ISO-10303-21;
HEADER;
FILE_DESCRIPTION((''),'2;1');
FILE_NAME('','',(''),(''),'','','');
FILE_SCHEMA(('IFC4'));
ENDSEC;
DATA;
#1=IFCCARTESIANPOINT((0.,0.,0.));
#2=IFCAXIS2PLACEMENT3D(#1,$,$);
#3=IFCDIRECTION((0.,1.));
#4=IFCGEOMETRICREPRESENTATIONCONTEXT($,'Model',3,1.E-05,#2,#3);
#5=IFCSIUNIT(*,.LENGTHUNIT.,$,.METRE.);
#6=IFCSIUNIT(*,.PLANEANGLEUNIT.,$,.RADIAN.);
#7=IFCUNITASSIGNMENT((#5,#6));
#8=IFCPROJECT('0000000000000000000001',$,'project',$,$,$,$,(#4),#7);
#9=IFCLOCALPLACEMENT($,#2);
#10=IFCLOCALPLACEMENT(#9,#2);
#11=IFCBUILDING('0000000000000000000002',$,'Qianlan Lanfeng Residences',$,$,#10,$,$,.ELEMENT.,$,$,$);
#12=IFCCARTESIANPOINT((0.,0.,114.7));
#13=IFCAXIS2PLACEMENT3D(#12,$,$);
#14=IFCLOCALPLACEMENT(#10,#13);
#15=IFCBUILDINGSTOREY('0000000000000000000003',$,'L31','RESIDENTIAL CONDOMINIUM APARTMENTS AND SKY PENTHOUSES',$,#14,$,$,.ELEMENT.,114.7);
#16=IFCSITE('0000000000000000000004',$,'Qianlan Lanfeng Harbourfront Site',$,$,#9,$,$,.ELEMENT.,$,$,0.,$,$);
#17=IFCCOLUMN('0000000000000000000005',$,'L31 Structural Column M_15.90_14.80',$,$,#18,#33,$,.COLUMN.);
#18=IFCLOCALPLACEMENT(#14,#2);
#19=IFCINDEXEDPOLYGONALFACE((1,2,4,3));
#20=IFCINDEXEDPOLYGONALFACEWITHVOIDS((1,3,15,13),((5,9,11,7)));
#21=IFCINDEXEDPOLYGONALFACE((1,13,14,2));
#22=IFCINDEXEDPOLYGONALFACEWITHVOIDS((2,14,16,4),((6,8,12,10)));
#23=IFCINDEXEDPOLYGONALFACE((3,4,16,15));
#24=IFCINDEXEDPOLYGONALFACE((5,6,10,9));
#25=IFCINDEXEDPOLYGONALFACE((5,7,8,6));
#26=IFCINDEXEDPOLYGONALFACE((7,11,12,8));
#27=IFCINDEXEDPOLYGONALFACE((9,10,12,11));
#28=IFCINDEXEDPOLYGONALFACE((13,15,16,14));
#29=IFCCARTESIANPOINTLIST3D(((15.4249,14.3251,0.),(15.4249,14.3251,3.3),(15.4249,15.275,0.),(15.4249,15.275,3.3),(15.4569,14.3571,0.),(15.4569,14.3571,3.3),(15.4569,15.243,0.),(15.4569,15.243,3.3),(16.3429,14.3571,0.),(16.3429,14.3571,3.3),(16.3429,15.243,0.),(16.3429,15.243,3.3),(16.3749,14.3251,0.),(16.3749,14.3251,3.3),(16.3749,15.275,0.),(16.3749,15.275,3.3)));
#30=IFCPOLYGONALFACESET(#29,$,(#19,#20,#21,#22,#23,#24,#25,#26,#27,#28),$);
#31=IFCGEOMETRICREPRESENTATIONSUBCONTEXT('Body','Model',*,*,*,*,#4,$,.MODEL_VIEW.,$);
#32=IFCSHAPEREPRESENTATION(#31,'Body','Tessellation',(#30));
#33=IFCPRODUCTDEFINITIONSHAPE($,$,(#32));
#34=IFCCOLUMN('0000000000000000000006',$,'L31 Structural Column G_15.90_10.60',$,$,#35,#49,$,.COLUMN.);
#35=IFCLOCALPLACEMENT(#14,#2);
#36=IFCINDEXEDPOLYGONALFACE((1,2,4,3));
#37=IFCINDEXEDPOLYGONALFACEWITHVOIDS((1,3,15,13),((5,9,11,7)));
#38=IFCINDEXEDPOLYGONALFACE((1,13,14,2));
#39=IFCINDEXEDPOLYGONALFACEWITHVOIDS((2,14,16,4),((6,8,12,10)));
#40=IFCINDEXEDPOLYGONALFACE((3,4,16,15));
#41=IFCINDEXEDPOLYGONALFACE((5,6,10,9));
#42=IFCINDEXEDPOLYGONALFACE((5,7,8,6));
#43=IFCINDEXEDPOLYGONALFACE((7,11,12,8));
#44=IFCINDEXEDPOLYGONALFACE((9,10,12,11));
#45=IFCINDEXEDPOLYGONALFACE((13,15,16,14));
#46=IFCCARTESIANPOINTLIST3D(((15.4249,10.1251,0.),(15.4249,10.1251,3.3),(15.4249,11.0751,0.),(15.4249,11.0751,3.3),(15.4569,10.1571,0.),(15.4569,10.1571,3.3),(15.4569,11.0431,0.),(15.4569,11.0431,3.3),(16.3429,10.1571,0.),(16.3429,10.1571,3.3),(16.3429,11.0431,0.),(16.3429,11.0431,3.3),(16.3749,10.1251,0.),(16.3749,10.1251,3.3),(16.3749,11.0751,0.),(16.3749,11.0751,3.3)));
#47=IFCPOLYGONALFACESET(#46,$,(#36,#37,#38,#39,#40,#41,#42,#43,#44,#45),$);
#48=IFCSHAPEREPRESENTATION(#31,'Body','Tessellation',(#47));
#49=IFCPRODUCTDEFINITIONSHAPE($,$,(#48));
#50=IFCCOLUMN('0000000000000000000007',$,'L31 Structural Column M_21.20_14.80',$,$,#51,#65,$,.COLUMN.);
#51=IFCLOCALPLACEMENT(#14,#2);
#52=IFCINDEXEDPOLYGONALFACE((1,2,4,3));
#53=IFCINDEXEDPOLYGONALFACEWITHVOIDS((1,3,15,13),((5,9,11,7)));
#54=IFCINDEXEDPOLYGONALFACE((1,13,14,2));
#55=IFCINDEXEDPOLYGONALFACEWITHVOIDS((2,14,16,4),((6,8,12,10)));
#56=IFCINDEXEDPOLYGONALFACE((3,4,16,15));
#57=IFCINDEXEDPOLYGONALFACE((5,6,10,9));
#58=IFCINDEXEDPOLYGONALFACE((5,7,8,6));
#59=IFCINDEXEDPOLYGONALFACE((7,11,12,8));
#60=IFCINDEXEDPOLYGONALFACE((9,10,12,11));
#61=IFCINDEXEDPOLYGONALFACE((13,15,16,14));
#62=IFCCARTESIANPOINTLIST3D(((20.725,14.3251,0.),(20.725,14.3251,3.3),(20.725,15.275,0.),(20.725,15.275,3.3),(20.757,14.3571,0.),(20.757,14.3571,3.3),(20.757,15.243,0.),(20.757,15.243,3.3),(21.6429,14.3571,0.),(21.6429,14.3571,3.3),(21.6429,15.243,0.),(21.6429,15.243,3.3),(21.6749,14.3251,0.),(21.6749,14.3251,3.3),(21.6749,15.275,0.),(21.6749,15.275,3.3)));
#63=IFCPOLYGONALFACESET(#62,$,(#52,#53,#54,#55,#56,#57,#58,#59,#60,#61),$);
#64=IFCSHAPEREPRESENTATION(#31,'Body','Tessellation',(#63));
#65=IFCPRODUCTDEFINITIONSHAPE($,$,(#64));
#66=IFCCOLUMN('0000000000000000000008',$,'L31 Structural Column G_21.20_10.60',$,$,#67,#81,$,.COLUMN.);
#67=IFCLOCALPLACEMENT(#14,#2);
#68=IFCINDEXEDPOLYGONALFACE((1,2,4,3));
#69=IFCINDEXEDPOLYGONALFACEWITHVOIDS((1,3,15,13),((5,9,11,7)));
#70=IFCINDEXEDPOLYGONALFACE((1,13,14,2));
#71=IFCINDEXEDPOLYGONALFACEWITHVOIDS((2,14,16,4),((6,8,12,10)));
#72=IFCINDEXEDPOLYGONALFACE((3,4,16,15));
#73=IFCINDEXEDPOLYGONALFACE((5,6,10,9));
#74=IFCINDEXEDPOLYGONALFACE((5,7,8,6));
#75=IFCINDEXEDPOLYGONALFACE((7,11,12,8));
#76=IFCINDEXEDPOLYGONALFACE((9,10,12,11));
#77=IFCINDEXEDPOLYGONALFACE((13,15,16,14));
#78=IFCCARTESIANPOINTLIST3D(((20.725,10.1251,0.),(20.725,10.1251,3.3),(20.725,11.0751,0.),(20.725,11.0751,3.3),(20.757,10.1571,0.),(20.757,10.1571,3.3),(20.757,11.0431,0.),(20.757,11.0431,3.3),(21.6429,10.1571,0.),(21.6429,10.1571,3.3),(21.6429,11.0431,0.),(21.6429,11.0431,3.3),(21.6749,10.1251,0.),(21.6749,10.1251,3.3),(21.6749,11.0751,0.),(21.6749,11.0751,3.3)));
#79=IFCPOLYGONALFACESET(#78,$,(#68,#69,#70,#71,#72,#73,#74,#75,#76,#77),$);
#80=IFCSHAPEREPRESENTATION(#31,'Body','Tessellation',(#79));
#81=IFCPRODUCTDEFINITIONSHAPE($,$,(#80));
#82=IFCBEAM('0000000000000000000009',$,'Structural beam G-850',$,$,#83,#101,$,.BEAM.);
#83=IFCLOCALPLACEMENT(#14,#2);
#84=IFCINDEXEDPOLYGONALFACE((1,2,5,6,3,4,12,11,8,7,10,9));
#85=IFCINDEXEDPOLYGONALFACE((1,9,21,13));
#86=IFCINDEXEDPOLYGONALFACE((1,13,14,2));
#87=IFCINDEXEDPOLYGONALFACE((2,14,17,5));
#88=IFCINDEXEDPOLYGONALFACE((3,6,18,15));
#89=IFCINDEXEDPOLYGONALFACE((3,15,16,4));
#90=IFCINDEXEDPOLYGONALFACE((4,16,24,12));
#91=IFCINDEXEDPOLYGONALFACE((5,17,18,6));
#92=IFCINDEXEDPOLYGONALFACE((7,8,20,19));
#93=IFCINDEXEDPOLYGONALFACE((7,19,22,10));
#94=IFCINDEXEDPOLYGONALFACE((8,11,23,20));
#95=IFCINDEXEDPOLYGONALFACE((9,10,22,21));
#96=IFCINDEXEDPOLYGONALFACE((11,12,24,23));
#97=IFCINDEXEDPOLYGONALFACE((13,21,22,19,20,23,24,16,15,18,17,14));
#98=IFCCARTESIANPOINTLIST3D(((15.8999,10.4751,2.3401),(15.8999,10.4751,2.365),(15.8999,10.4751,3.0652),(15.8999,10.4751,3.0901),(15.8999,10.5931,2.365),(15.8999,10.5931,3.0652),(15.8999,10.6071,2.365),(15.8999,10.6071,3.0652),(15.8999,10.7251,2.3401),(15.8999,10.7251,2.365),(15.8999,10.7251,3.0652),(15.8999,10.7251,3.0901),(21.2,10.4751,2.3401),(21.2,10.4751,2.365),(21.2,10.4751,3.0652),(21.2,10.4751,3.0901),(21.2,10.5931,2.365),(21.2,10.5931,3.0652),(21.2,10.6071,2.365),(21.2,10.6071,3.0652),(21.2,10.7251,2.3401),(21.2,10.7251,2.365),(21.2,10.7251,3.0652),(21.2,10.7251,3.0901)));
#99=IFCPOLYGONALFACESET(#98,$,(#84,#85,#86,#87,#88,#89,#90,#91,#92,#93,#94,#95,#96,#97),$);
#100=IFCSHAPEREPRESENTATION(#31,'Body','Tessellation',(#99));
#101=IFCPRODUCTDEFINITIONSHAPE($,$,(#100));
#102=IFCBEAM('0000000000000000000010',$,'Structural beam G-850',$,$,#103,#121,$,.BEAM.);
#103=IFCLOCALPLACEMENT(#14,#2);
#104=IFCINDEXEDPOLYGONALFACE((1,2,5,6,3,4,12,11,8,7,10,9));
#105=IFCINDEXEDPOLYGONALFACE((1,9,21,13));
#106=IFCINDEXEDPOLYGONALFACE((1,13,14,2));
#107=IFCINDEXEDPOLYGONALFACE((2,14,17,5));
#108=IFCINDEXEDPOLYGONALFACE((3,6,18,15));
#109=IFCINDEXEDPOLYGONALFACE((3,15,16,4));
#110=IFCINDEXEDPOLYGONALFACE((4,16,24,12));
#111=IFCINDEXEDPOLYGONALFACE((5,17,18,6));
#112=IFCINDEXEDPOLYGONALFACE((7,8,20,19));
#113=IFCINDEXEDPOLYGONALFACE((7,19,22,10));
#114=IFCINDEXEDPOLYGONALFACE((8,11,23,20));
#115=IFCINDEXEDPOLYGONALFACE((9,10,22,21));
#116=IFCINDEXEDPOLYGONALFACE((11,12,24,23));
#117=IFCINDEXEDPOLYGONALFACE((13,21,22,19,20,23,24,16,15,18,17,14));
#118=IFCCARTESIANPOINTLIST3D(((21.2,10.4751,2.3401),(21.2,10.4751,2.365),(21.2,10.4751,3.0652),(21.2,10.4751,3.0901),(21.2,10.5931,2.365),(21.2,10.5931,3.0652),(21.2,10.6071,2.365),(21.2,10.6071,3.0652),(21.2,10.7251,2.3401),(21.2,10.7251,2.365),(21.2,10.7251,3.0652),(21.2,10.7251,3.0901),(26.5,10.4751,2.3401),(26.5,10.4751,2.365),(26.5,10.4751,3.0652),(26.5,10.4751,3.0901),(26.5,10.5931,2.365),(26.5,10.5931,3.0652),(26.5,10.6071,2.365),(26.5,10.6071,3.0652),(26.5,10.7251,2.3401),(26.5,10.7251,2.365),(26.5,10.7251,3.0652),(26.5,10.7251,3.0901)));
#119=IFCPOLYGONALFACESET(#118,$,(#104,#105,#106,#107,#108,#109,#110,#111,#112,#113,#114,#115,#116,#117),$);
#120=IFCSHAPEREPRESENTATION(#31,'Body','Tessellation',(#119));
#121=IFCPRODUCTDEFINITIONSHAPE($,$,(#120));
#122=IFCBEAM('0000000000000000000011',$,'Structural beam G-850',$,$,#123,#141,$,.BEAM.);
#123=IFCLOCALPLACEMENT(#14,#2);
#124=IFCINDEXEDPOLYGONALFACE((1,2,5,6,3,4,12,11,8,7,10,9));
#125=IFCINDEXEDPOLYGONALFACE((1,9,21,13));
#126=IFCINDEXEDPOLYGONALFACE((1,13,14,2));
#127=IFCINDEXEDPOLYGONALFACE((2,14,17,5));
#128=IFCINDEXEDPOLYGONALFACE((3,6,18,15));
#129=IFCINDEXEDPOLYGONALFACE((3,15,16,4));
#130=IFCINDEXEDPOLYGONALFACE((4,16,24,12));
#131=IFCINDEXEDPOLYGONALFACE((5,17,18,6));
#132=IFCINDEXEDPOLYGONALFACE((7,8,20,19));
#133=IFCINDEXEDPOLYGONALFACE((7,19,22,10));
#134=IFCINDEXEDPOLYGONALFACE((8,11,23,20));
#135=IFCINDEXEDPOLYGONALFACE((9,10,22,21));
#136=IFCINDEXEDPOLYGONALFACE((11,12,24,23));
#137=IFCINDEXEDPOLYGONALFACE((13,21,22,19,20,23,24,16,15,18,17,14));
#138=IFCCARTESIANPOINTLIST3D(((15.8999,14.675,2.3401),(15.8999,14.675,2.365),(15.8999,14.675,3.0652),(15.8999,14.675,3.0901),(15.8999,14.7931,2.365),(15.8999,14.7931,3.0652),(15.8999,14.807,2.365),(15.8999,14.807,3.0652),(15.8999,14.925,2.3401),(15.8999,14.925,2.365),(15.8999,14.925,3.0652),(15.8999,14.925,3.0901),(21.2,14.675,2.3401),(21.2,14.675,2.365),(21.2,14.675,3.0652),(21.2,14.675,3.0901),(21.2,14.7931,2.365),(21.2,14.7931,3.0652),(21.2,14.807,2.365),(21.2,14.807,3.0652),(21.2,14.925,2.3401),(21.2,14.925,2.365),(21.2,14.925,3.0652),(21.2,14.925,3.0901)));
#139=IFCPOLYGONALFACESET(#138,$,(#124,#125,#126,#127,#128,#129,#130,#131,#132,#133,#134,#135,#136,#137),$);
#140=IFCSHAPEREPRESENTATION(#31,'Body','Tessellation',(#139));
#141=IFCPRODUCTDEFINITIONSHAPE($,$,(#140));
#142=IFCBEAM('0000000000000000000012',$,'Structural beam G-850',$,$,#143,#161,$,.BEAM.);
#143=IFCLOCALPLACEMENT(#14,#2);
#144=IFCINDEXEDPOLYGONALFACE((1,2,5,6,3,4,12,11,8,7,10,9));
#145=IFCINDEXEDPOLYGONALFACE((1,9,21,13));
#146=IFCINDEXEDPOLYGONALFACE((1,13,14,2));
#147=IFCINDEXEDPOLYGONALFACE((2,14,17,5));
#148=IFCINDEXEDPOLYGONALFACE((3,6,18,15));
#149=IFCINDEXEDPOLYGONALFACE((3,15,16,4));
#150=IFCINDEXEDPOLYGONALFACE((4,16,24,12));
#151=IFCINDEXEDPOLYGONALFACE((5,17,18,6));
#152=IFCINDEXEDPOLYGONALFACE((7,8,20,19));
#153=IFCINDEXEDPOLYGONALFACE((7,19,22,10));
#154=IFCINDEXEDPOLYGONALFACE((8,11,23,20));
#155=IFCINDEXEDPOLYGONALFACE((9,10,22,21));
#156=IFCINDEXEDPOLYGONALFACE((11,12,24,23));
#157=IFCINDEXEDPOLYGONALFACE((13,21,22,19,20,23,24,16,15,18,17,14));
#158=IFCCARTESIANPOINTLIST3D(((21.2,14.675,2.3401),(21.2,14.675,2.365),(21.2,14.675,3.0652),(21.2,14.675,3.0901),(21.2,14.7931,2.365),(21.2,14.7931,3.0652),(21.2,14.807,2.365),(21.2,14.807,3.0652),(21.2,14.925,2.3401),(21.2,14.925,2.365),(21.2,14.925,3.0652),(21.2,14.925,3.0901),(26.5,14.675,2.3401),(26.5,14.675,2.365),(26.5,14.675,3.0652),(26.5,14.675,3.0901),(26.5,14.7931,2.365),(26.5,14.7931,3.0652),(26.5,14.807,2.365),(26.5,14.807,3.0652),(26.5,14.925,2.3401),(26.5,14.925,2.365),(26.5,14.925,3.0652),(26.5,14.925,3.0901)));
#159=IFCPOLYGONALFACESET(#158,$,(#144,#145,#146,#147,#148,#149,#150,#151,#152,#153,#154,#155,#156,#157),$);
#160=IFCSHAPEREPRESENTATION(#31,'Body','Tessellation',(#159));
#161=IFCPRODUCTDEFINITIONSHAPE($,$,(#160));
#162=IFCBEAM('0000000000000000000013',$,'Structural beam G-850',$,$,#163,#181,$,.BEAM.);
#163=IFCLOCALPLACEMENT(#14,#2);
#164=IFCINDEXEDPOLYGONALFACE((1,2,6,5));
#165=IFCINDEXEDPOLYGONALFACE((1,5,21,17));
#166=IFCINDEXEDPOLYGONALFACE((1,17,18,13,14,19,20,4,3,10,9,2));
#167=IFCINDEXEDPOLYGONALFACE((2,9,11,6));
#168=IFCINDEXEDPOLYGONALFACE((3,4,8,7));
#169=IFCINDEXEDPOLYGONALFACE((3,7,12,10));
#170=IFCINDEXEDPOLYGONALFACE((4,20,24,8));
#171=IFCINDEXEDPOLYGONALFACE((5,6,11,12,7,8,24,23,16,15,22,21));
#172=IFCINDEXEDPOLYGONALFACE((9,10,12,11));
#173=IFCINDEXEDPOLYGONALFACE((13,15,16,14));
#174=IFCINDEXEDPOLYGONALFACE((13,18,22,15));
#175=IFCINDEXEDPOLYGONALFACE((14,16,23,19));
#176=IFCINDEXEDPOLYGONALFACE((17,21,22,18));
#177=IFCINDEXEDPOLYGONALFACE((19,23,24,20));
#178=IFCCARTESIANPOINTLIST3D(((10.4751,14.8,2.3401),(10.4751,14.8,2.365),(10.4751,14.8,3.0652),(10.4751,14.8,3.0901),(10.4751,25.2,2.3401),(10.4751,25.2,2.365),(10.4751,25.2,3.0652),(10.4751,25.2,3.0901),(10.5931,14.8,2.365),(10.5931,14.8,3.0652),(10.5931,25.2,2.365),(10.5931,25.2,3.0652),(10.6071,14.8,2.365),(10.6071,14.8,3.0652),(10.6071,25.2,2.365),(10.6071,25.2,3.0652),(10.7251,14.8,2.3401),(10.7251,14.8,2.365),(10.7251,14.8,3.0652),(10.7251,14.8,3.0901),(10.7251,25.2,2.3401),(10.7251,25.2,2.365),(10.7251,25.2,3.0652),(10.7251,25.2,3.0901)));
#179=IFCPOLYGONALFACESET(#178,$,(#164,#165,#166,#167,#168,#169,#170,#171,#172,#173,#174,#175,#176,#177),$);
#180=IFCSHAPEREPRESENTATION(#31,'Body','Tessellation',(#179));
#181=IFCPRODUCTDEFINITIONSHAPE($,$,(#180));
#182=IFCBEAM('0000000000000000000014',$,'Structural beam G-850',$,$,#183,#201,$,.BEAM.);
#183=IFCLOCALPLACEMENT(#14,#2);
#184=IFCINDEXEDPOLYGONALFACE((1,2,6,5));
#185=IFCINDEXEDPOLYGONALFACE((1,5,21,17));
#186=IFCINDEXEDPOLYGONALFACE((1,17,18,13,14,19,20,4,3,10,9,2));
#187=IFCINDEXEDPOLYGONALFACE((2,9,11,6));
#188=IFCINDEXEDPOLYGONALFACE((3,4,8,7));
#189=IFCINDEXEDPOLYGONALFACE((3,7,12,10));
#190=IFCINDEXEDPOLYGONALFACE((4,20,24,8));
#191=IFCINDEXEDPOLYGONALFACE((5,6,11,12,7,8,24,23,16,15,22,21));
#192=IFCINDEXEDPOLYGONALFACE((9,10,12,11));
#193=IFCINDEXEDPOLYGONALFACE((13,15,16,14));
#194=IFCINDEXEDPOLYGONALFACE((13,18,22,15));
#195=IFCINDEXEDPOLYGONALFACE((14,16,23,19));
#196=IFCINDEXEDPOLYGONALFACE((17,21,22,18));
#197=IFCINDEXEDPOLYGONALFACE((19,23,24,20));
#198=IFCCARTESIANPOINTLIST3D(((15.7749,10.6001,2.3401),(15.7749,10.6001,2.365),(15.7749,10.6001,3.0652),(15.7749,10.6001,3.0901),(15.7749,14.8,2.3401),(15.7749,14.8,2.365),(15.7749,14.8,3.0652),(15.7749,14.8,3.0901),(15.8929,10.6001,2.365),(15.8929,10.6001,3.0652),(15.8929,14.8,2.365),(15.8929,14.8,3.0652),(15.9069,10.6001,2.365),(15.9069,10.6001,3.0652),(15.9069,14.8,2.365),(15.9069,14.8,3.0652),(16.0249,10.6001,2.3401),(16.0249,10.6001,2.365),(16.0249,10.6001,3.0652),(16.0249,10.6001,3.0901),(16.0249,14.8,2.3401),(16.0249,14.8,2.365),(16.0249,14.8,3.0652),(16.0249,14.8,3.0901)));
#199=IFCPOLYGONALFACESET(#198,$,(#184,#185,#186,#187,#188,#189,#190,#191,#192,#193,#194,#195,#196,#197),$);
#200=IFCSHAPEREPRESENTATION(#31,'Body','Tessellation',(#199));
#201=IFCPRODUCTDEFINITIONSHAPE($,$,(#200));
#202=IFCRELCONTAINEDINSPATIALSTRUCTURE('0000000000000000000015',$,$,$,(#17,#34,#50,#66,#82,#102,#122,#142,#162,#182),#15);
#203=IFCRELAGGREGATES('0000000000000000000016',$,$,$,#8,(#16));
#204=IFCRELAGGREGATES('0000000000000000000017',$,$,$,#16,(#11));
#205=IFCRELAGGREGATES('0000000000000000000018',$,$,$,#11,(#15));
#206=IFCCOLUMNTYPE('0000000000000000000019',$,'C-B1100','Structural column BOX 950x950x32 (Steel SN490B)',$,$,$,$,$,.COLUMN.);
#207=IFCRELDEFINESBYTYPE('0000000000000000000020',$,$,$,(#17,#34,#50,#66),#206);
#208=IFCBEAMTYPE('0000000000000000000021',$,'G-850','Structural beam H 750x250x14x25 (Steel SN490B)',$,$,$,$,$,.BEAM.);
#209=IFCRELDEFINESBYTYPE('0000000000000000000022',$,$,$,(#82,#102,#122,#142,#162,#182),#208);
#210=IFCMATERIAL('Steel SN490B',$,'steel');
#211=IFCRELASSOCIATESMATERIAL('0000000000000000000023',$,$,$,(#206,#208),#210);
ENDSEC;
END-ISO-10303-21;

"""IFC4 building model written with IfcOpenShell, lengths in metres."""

from ifc_helpers import new_model, si_unit, direction, frame, origin, origin_2d, place, context, subcontext, project, spatial, hollow_rectangle, i_section, extrude, material, material_profile, profile_set, type_object, element, save


model = new_model("IFC4")

# Units and contexts
model_context = context("Model", 3, precision=1e-05, world=origin(), true_north=direction((0.0, 1.0)))
body_context = subcontext(model_context, "Body", "Model", "MODEL_VIEW")
ifc_project = project(units=[si_unit("LENGTHUNIT", "METRE"), si_unit("PLANEANGLEUNIT", "RADIAN")], contexts=[model_context])

# Site, building, storey
site_placement = place(None, origin())
site = spatial("IfcSite", under=ifc_project, at=site_placement, Name="Qianlan Lanfeng Harbourfront Site", CompositionType="ELEMENT", RefElevation=0.0)
building_placement = place(site_placement, origin())
building = spatial("IfcBuilding", under=site, at=building_placement, Name="Qianlan Lanfeng Residences", CompositionType="ELEMENT")
storey_placement = place(building_placement, frame((0.0, 0.0, 114.7)))
storey = spatial("IfcBuildingStorey", under=building, at=storey_placement, Name="L31", Description="RESIDENTIAL CONDOMINIUM APARTMENTS AND SKY PENTHOUSES", CompositionType="ELEMENT", Elevation=114.7)

# Columns
ifc_material_1 = material(Name="Steel SN490B", Category="steel")
ifc_material_profile_1 = material_profile(ifc_material_1, hollow_rectangle(XDim=0.95, YDim=0.95, WallThickness=0.032, at=origin_2d()), Name="BOX 950x950x32")
ifc_profile_set_1 = profile_set([ifc_material_profile_1], Name="Steel SN490B")
column_type = type_object("IfcColumnType", Name="C-B1100", Description="Structural column BOX 950x950x32 (Steel SN490B)", PredefinedType="COLUMN", material=ifc_profile_set_1)
for number, where, z_axis, x_axis, name in (
    (1, (15.8999, 14.8, 0.0), (0.0, 0.0, 1.0), (1.0, 0.0, 0.0), "L31 Structural Column M_15.90_14.80"),
    (2, (15.8999, 10.6001, 0.0), (0.0, 0.0, 1.0), (1.0, 0.0, 0.0), "L31 Structural Column G_15.90_10.60"),
    (3, (21.2, 14.8, 0.0), (0.0, 0.0, 1.0), (1.0, 0.0, 0.0), "L31 Structural Column M_21.20_14.80"),
    (4, (21.2, 10.6001, 0.0), (0.0, 0.0, 1.0), (1.0, 0.0, 0.0), "L31 Structural Column G_21.20_10.60"),
):
    element("IfcColumn", number, at=place(storey_placement, frame(where, z_axis=z_axis, x_axis=x_axis)), inside=storey, type_object=column_type, Name=name, PredefinedType="COLUMN", context=body_context, shape_type="SweptSolid", body=[
        extrude(hollow_rectangle(XDim=0.95, YDim=0.95, WallThickness=0.032, at=origin_2d()), origin(), (0.0, 0.0, 1.0), 3.3),
    ])

# Beams
ifc_material_profile_2 = material_profile(ifc_material_1, i_section(OverallWidth=0.25, OverallDepth=0.75, WebThickness=0.0139, FlangeThickness=0.0249, at=origin_2d()), Name="H 750x250x14x25")
ifc_profile_set_2 = profile_set([ifc_material_profile_2], Name="Steel SN490B")
beam_type_1 = type_object("IfcBeamType", Name="G-850", Description="Structural beam H 750x250x14x25 (Steel SN490B)", PredefinedType="BEAM", material=ifc_profile_set_2)
for number, where, z_axis, x_axis, name in (
    (5, (15.8999, 10.6001, 2.7151), (1.0, 0.0, 0.0), (0.0, 1.0, 0.0), "Structural beam G-850"),
    (6, (21.2, 10.6001, 2.7151), (1.0, 0.0, 0.0), (0.0, 1.0, 0.0), "Structural beam G-850"),
    (7, (15.8999, 14.8, 2.7151), (1.0, 0.0, 0.0), (0.0, 1.0, 0.0), "Structural beam G-850"),
    (8, (21.2, 14.8, 2.7151), (1.0, 0.0, 0.0), (0.0, 1.0, 0.0), "Structural beam G-850"),
):
    element("IfcBeam", number, at=place(storey_placement, frame(where, z_axis=z_axis, x_axis=x_axis)), inside=storey, type_object=beam_type_1, Name=name, PredefinedType="BEAM", context=body_context, shape_type="SweptSolid", body=[
        extrude(i_section(OverallWidth=0.25, OverallDepth=0.75, WebThickness=0.0139, FlangeThickness=0.0249, at=origin_2d()), origin(), (0.0, 0.0, 1.0), 5.3),
    ])
beam_1_placement = place(storey_placement, frame((10.6001, 14.8, 2.7151), z_axis=(0.0, 1.0, 0.0), x_axis=(-1.0, 0.0, 0.0)))
element("IfcBeam", 9, at=beam_1_placement, inside=storey, type_object=beam_type_1, Name="Structural beam G-850", PredefinedType="BEAM", context=body_context, shape_type="SweptSolid", body=[
    extrude(i_section(OverallWidth=0.25, OverallDepth=0.75, WebThickness=0.0139, FlangeThickness=0.0249, at=origin_2d()), origin(), (0.0, 0.0, 1.0), 10.3999),
])
beam_2_placement = place(storey_placement, frame((15.8999, 10.6001, 2.7151), z_axis=(0.0, 1.0, 0.0), x_axis=(-1.0, 0.0, 0.0)))
element("IfcBeam", 10, at=beam_2_placement, inside=storey, type_object=beam_type_1, Name="Structural beam G-850", PredefinedType="BEAM", context=body_context, shape_type="SweptSolid", body=[
    extrude(i_section(OverallWidth=0.25, OverallDepth=0.75, WebThickness=0.0139, FlangeThickness=0.0249, at=origin_2d()), origin(), (0.0, 0.0, 1.0), 4.2),
])

save(model, "model.ifc")
